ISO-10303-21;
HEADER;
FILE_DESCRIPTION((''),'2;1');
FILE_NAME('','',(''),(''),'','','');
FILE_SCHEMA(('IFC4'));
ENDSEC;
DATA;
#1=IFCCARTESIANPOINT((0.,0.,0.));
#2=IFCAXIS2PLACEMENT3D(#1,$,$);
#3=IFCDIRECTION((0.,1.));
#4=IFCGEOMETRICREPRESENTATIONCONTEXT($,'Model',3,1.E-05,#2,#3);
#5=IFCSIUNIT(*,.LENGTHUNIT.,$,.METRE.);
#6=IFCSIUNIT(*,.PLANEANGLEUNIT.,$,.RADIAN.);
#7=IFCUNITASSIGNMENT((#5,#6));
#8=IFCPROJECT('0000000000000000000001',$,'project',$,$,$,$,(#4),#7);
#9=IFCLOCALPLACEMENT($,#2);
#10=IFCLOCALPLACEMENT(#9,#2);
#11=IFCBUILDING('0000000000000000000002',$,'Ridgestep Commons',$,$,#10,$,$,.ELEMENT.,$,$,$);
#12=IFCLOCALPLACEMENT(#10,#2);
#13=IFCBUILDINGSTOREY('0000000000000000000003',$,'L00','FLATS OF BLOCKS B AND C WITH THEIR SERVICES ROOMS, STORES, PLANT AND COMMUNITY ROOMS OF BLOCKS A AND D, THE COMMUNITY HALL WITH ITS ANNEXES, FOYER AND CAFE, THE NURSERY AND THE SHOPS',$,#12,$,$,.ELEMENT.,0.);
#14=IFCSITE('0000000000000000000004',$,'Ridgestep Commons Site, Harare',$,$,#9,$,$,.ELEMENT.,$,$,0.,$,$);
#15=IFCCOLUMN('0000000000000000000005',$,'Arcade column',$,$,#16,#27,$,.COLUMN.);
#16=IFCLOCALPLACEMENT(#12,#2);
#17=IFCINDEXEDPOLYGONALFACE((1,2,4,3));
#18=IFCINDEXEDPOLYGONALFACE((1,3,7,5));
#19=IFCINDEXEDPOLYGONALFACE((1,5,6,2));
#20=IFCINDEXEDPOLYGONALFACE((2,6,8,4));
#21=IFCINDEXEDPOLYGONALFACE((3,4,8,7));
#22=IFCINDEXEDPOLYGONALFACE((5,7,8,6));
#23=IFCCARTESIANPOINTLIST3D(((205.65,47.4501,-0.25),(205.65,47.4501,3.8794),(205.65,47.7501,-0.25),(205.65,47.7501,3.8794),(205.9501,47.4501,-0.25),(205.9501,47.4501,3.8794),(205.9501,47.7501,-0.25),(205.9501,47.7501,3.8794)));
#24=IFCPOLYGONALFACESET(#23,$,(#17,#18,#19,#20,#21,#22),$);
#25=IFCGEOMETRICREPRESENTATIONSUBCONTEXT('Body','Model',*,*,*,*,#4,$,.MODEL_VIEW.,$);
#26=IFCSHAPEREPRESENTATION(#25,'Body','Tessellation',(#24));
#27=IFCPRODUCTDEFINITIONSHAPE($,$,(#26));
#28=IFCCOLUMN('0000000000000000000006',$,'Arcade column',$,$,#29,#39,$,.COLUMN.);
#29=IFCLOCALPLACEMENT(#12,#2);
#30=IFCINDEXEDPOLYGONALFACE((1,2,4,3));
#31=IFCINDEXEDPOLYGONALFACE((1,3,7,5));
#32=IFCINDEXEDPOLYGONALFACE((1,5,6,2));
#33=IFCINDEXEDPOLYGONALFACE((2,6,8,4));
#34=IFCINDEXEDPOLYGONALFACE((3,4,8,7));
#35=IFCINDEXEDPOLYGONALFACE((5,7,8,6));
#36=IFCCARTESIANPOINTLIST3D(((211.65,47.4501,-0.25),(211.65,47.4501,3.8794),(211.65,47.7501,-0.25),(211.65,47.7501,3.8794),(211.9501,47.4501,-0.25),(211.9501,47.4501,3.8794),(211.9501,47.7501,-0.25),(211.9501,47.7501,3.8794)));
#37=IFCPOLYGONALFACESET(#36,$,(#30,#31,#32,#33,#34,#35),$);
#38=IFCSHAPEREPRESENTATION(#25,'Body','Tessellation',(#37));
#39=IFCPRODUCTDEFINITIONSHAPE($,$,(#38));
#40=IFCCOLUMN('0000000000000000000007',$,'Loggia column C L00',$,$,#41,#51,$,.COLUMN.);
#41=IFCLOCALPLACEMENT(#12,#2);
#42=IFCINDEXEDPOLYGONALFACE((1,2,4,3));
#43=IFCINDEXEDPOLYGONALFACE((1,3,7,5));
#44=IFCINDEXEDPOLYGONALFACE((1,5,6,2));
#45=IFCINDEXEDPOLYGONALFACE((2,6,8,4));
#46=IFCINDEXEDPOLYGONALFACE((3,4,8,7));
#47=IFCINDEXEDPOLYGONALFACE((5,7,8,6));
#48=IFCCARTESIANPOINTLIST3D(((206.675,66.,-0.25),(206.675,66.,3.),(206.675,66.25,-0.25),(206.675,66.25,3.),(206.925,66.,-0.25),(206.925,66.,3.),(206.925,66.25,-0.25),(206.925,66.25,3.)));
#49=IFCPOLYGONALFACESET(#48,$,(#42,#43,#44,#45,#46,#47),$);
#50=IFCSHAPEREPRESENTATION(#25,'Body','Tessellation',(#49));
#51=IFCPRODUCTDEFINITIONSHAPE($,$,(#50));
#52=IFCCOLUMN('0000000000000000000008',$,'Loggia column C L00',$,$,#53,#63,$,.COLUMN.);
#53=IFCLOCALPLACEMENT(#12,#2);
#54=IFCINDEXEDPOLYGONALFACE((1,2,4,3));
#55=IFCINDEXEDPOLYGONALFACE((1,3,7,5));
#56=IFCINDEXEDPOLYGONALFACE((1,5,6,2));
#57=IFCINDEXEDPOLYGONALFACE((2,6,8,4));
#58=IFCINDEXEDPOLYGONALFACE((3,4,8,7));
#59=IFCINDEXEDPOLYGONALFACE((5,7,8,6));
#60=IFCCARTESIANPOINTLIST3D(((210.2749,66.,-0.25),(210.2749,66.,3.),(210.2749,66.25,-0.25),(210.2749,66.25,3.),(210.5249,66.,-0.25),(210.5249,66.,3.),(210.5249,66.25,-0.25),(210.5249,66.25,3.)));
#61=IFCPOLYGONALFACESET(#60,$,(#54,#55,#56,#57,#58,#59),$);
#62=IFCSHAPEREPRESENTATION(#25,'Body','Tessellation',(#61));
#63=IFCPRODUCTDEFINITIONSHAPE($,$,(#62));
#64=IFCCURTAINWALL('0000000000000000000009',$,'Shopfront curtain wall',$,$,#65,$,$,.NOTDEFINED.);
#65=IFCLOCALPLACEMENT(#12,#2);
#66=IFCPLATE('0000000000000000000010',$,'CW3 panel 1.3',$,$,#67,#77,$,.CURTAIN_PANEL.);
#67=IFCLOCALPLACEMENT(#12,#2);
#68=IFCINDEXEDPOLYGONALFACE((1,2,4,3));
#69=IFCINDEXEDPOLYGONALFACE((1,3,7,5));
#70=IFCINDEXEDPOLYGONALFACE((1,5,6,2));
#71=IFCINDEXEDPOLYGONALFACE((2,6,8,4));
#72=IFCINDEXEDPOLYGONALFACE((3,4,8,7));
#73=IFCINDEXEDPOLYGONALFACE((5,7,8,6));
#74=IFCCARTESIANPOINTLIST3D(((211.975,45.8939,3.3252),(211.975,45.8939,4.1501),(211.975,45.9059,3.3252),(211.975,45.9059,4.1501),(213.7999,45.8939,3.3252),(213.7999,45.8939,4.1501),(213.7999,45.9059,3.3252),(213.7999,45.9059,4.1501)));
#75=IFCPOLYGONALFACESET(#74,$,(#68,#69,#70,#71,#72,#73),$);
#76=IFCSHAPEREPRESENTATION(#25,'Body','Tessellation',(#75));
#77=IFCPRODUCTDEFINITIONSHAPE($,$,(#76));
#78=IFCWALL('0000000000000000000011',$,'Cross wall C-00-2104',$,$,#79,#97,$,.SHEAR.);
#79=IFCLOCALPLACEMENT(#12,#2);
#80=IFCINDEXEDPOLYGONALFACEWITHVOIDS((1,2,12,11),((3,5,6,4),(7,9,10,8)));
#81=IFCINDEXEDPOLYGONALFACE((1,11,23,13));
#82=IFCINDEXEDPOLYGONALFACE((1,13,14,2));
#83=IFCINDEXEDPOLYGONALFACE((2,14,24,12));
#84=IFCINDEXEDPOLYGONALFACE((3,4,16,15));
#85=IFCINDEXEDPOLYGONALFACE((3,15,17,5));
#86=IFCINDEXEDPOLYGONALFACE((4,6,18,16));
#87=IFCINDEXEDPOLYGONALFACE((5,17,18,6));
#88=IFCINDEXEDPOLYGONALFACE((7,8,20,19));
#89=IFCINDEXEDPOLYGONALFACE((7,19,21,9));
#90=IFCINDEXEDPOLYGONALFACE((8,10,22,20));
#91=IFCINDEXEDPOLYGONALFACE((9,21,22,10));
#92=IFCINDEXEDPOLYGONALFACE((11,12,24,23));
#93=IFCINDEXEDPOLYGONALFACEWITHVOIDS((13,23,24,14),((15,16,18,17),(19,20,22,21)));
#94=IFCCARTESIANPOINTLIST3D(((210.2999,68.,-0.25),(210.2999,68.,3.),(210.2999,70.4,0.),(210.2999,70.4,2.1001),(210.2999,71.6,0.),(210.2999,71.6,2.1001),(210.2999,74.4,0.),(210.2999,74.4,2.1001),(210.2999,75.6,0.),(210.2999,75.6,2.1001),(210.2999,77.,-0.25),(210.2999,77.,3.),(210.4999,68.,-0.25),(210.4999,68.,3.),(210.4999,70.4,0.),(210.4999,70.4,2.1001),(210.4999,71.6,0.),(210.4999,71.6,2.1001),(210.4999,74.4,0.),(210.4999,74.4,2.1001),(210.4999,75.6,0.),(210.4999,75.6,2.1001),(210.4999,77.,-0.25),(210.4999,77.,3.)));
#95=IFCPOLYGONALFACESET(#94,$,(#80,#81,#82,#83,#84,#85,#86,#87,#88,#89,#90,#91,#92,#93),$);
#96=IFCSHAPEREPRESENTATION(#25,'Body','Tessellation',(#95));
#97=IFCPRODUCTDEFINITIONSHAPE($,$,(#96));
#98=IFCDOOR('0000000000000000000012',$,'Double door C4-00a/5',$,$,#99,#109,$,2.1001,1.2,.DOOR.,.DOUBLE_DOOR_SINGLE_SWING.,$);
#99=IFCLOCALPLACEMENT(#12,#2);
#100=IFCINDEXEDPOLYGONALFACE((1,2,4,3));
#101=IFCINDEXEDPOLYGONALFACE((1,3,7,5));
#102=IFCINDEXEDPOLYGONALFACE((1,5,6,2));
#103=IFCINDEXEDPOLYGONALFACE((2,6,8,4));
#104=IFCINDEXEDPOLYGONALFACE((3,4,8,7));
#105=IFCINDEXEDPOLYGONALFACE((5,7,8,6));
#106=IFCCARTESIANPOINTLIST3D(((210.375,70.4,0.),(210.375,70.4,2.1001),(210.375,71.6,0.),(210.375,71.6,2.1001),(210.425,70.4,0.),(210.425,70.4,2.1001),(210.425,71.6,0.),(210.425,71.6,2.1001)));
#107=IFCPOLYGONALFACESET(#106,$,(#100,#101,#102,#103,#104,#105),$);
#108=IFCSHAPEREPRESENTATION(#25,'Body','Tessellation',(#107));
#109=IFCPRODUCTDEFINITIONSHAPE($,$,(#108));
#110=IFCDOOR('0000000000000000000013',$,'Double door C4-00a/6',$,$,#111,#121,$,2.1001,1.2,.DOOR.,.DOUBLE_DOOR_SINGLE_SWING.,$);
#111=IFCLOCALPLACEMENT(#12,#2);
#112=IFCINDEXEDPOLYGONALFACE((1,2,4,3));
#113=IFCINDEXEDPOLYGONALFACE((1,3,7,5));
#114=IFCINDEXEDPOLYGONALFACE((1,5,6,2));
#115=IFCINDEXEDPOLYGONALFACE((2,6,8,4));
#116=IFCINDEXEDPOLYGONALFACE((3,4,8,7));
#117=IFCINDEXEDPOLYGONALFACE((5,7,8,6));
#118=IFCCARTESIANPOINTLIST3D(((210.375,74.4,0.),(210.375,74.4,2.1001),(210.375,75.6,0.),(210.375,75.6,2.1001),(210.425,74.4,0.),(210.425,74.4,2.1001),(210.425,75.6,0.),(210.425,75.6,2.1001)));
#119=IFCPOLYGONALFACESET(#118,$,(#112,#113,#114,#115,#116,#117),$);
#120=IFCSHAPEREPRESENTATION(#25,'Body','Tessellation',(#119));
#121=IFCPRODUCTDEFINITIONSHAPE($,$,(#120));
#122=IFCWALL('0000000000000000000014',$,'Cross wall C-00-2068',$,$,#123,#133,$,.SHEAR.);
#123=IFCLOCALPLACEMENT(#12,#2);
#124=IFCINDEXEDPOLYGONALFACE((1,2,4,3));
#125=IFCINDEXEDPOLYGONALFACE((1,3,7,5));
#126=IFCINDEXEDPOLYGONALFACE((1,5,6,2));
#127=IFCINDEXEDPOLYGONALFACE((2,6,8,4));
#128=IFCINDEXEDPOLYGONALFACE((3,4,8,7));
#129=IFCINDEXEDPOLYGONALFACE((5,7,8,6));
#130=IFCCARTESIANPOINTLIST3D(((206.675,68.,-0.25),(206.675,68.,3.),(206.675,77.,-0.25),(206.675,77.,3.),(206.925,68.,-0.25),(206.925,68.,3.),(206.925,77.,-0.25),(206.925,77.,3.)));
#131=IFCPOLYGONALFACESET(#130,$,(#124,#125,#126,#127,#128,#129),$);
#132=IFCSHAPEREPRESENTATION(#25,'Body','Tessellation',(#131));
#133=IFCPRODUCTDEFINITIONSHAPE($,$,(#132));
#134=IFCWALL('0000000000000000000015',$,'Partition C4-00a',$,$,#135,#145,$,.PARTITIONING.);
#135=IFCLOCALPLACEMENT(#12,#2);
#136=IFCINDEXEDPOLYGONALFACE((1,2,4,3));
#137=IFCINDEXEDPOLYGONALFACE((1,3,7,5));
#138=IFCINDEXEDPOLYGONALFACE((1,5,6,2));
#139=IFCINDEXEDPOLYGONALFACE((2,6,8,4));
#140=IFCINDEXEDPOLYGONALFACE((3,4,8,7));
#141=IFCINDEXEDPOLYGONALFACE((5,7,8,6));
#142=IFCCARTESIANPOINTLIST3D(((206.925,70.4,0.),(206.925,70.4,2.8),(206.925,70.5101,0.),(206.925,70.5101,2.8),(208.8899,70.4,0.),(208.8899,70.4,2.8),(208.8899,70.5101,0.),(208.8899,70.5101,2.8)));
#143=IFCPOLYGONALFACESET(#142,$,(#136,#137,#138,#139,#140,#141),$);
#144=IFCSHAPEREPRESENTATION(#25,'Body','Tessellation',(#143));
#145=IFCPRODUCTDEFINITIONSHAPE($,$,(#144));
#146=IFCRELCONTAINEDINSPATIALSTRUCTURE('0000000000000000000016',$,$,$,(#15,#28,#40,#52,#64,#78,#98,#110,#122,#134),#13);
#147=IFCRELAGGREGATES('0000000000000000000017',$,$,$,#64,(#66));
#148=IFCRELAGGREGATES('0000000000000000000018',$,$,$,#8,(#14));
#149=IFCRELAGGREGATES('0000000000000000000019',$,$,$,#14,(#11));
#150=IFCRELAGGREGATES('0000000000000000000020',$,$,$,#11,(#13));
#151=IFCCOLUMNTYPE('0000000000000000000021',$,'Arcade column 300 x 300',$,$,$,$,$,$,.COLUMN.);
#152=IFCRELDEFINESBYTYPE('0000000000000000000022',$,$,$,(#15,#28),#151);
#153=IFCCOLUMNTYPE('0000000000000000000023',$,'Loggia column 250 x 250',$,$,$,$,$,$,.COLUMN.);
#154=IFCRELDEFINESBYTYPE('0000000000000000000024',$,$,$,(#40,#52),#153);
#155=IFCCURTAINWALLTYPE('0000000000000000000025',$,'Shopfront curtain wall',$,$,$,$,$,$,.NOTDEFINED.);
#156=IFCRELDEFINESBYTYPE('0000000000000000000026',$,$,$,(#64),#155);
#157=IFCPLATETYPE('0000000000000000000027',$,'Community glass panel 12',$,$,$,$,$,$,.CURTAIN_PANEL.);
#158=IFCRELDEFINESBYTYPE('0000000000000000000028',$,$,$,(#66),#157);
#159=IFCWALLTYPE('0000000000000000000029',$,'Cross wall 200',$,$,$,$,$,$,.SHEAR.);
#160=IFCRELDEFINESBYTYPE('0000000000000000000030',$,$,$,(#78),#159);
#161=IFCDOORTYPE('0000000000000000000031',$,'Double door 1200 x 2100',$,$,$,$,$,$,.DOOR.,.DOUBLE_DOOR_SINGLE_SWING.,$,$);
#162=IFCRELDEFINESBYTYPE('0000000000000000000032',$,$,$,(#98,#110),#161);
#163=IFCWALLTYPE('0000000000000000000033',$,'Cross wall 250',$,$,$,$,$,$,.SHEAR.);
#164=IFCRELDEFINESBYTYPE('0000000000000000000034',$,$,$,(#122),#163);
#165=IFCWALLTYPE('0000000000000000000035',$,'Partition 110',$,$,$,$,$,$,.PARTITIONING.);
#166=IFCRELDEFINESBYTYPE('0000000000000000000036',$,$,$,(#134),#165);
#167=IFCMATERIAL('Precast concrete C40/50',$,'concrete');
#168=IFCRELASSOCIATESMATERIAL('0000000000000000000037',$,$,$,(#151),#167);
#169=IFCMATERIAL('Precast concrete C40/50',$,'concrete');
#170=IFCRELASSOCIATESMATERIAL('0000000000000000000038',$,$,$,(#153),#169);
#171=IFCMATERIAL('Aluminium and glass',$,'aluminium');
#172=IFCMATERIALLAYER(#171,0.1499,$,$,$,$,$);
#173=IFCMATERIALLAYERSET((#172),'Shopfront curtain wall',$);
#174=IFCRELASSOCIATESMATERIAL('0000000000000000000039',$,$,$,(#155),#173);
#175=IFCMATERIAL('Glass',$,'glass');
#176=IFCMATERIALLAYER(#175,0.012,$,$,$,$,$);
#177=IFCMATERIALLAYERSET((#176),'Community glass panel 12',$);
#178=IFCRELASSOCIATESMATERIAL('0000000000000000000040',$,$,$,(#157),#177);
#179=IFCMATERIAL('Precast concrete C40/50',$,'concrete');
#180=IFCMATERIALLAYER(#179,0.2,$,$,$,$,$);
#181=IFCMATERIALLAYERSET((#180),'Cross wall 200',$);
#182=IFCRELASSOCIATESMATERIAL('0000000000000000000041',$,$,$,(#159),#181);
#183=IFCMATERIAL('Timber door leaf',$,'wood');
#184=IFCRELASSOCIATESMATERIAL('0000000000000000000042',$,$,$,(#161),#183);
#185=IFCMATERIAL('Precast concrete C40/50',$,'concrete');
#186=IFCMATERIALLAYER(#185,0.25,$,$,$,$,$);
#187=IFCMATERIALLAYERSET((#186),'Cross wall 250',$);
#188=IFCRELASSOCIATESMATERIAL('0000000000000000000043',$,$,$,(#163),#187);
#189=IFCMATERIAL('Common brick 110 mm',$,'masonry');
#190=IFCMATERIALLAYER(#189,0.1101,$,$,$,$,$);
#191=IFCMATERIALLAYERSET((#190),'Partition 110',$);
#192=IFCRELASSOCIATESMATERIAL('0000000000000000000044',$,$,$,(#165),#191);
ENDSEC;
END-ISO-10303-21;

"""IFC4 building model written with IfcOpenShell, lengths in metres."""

from ifc_helpers import new_model, si_unit, direction, frame, frame_2d, origin, origin_2d, place, context, subcontext, project, spatial, rectangle, extrude, material, layer, layer_set, material_profile, profile_set, type_object, element, fill, aggregate, save


model = new_model("IFC4")

# Units and contexts
model_context = context("Model", 3, precision=1e-05, world=origin(), true_north=direction((0.0, 1.0)))
body_context = subcontext(model_context, "Body", "Model", "MODEL_VIEW")
ifc_project = project(units=[si_unit("LENGTHUNIT", "METRE"), si_unit("PLANEANGLEUNIT", "RADIAN")], contexts=[model_context])

# Site, building, storey
site_placement = place(None, origin())
site = spatial("IfcSite", under=ifc_project, at=site_placement, Name="Ridgestep Commons Site, Harare", CompositionType="ELEMENT", RefElevation=0.0)
building_placement = place(site_placement, origin())
building = spatial("IfcBuilding", under=site, at=building_placement, Name="Ridgestep Commons", CompositionType="ELEMENT")
storey_placement = place(building_placement, origin())
storey = spatial("IfcBuildingStorey", under=building, at=storey_placement, Name="L00", Description="FLATS OF BLOCKS B AND C WITH THEIR SERVICES ROOMS, STORES, PLANT AND COMMUNITY ROOMS OF BLOCKS A AND D, THE COMMUNITY HALL WITH ITS ANNEXES, FOYER AND CAFE, THE NURSERY AND THE SHOPS", CompositionType="ELEMENT", Elevation=0.0)

# Columns
ifc_material_1 = material(Name="Precast concrete C40/50", Category="concrete")
ifc_material_profile_1 = material_profile(ifc_material_1, rectangle(XDim=0.3, YDim=0.3, at=origin_2d()), Name="Arcade column 300 x 300")
ifc_profile_set_1 = profile_set([ifc_material_profile_1], Name="Precast concrete C40/50")
column_type_1 = type_object("IfcColumnType", Name="Arcade column 300 x 300", PredefinedType="COLUMN", material=ifc_profile_set_1)
for number, where, z_axis, x_axis, name in (
    (1, (205.8, 47.6001, -0.25), (0.0, 0.0, 1.0), (1.0, 0.0, 0.0), "Arcade column"),
    (2, (211.8, 47.6001, -0.25), (0.0, 0.0, 1.0), (1.0, 0.0, 0.0), "Arcade column"),
):
    element("IfcColumn", number, at=place(storey_placement, frame(where, z_axis=z_axis, x_axis=x_axis)), inside=storey, type_object=column_type_1, Name=name, PredefinedType="COLUMN", context=body_context, shape_type="SweptSolid", body=[
        extrude(rectangle(XDim=0.3, YDim=0.3, at=origin_2d()), origin(), (0.0, 0.0, 1.0), 4.1294),
    ])
ifc_material_2 = material(Name="Precast concrete C40/50", Category="concrete")
ifc_material_profile_2 = material_profile(ifc_material_2, rectangle(XDim=0.25, YDim=0.25, at=origin_2d()), Name="PC 250x250")
ifc_profile_set_2 = profile_set([ifc_material_profile_2], Name="Precast concrete C40/50")
column_type_2 = type_object("IfcColumnType", Name="Loggia column 250 x 250", PredefinedType="COLUMN", material=ifc_profile_set_2)
for number, where, z_axis, x_axis, name in (
    (3, (206.8, 66.125, -0.25), (0.0, 0.0, 1.0), (1.0, 0.0, 0.0), "Loggia column C L00"),
    (4, (210.3999, 66.125, -0.25), (0.0, 0.0, 1.0), (1.0, 0.0, 0.0), "Loggia column C L00"),
):
    element("IfcColumn", number, at=place(storey_placement, frame(where, z_axis=z_axis, x_axis=x_axis)), inside=storey, type_object=column_type_2, Name=name, PredefinedType="COLUMN", context=body_context, shape_type="SweptSolid", body=[
        extrude(rectangle(XDim=0.25, YDim=0.25, at=origin_2d()), origin(), (0.0, 0.0, 1.0), 3.25),
    ])

# Curtain wall, plate
ifc_material_3 = material(Name="Aluminium and glass", Category="aluminium")
ifc_layer_1 = layer(ifc_material_3, 0.1499)
ifc_layer_set_1 = layer_set([ifc_layer_1], Name="Shopfront curtain wall")
curtain_wall_type = type_object("IfcCurtainWallType", Name="Shopfront curtain wall", PredefinedType="NOTDEFINED", material=ifc_layer_set_1)
curtain_wall_placement = place(storey_placement, origin())
curtain_wall = element("IfcCurtainWall", 5, at=curtain_wall_placement, inside=storey, type_object=curtain_wall_type, Name="Shopfront curtain wall", PredefinedType="NOTDEFINED")
ifc_material_4 = material(Name="Glass", Category="glass")
ifc_layer_2 = layer(ifc_material_4, 0.012)
ifc_layer_set_2 = layer_set([ifc_layer_2], Name="Community glass panel 12")
plate_type = type_object("IfcPlateType", Name="Community glass panel 12", PredefinedType="CURTAIN_PANEL", material=ifc_layer_set_2)
plate_placement = place(storey_placement, frame((212.8875, 45.8999, 3.3252), z_axis=(0.0, 0.0, 1.0), x_axis=(1.0, 0.0, 0.0)))
plate = element("IfcPlate", 6, at=plate_placement, type_object=plate_type, Name="CW3 panel 1.3", PredefinedType="CURTAIN_PANEL", context=body_context, shape_type="SweptSolid", body=[
    extrude(rectangle(XDim=1.825, YDim=0.012, at=origin_2d()), origin(), (0.0, 0.0, 1.0), 0.825),
])
aggregate(curtain_wall, [plate])

# Wall, openings, doors
ifc_material_5 = material(Name="Precast concrete C40/50", Category="concrete")
ifc_layer_3 = layer(ifc_material_5, 0.2)
ifc_layer_set_3 = layer_set([ifc_layer_3], Name="Cross wall 200")
wall_type_1 = type_object("IfcWallType", Name="Cross wall 200", PredefinedType="SHEAR", material=ifc_layer_set_3)
wall_1_placement = place(storey_placement, frame((210.3999, 68.0, -0.25), z_axis=(0.0, 0.0, 1.0), x_axis=(0.0, 1.0, 0.0)))
wall_1 = element("IfcWall", 7, at=wall_1_placement, inside=storey, type_object=wall_type_1, Name="Cross wall C-00-2104", PredefinedType="SHEAR", context=body_context, shape_type="SweptSolid", body=[
    extrude(rectangle(XDim=9.0, YDim=0.2, at=frame_2d((4.5, 0.0))), origin(), (0.0, 0.0, 1.0), 3.25),
])
opening_1_placement = place(wall_1_placement, frame((2.3999, 0.0, 0.25)))
opening_1 = element("IfcOpeningElement", 8, at=opening_1_placement, cuts=wall_1, PredefinedType="OPENING", context=body_context, shape_type="SweptSolid", body=[
    extrude(rectangle(XDim=1.2, YDim=2.1001, at=frame_2d((0.6001, 1.05))), frame((0.0, 0.1099, 0.0), z_axis=(0.0, -1.0, 0.0), x_axis=(1.0, 0.0, 0.0)), (0.0, 0.0, 1.0), 0.22),
])
opening_2_placement = place(wall_1_placement, frame((6.3999, 0.0, 0.25)))
opening_2 = element("IfcOpeningElement", 9, at=opening_2_placement, cuts=wall_1, PredefinedType="OPENING", context=body_context, shape_type="SweptSolid", body=[
    extrude(rectangle(XDim=1.2, YDim=2.1001, at=frame_2d((0.6001, 1.05))), frame((0.0, 0.1099, 0.0), z_axis=(0.0, -1.0, 0.0), x_axis=(1.0, 0.0, 0.0)), (0.0, 0.0, 1.0), 0.22),
])
ifc_material_6 = material(Name="Timber door leaf", Category="wood")
door_type_1 = type_object("IfcDoorType", Name="Double door 1200 x 2100", OperationType="DOUBLE_DOOR_SINGLE_SWING", PredefinedType="DOOR", material=ifc_material_6)
door_1_placement = place(opening_1_placement, origin())
door_1 = element("IfcDoor", 10, at=door_1_placement, inside=storey, type_object=door_type_1, Name="Double door C4-00a/5", OperationType="DOUBLE_DOOR_SINGLE_SWING", OverallHeight=2.1001, OverallWidth=1.2, PredefinedType="DOOR", context=body_context, shape_type="SweptSolid", body=[
    extrude(rectangle(XDim=1.2, YDim=2.1001, at=frame_2d((0.6001, 1.05))), frame((0.0, 0.0249, 0.0), z_axis=(0.0, -1.0, 0.0), x_axis=(1.0, 0.0, 0.0)), (0.0, 0.0, 1.0), 0.05),
])
fill(opening_1, door_1)
door_2_placement = place(opening_2_placement, origin())
door_2 = element("IfcDoor", 11, at=door_2_placement, inside=storey, type_object=door_type_1, Name="Double door C4-00a/6", OperationType="DOUBLE_DOOR_SINGLE_SWING", OverallHeight=2.1001, OverallWidth=1.2, PredefinedType="DOOR", context=body_context, shape_type="SweptSolid", body=[
    extrude(rectangle(XDim=1.2, YDim=2.1001, at=frame_2d((0.6001, 1.05))), frame((0.0, 0.0249, 0.0), z_axis=(0.0, -1.0, 0.0), x_axis=(1.0, 0.0, 0.0)), (0.0, 0.0, 1.0), 0.05),
])
fill(opening_2, door_2)

# Walls
ifc_material_7 = material(Name="Precast concrete C40/50", Category="concrete")
ifc_layer_4 = layer(ifc_material_7, 0.25)
ifc_layer_set_4 = layer_set([ifc_layer_4], Name="Cross wall 250")
wall_type_2 = type_object("IfcWallType", Name="Cross wall 250", PredefinedType="SHEAR", material=ifc_layer_set_4)
wall_2_placement = place(storey_placement, frame((206.8, 68.0, -0.25), z_axis=(0.0, 0.0, 1.0), x_axis=(0.0, 1.0, 0.0)))
element("IfcWall", 12, at=wall_2_placement, inside=storey, type_object=wall_type_2, Name="Cross wall C-00-2068", PredefinedType="SHEAR", context=body_context, shape_type="SweptSolid", body=[
    extrude(rectangle(XDim=9.0, YDim=0.25, at=frame_2d((4.5, 0.0))), origin(), (0.0, 0.0, 1.0), 3.25),
])
ifc_material_8 = material(Name="Common brick 110 mm", Category="masonry")
ifc_layer_5 = layer(ifc_material_8, 0.1101)
ifc_layer_set_5 = layer_set([ifc_layer_5], Name="Partition 110")
wall_type_3 = type_object("IfcWallType", Name="Partition 110", PredefinedType="PARTITIONING", material=ifc_layer_set_5)
wall_3_placement = place(storey_placement, frame((206.925, 70.4551, 0.0), z_axis=(0.0, 0.0, 1.0), x_axis=(1.0, 0.0, 0.0)))
element("IfcWall", 13, at=wall_3_placement, inside=storey, type_object=wall_type_3, Name="Partition C4-00a", PredefinedType="PARTITIONING", context=body_context, shape_type="SweptSolid", body=[
    extrude(rectangle(XDim=1.9648, YDim=0.1101, at=frame_2d((0.9824, 0.0))), origin(), (0.0, 0.0, 1.0), 2.8),
])

save(model, "model.ifc")
